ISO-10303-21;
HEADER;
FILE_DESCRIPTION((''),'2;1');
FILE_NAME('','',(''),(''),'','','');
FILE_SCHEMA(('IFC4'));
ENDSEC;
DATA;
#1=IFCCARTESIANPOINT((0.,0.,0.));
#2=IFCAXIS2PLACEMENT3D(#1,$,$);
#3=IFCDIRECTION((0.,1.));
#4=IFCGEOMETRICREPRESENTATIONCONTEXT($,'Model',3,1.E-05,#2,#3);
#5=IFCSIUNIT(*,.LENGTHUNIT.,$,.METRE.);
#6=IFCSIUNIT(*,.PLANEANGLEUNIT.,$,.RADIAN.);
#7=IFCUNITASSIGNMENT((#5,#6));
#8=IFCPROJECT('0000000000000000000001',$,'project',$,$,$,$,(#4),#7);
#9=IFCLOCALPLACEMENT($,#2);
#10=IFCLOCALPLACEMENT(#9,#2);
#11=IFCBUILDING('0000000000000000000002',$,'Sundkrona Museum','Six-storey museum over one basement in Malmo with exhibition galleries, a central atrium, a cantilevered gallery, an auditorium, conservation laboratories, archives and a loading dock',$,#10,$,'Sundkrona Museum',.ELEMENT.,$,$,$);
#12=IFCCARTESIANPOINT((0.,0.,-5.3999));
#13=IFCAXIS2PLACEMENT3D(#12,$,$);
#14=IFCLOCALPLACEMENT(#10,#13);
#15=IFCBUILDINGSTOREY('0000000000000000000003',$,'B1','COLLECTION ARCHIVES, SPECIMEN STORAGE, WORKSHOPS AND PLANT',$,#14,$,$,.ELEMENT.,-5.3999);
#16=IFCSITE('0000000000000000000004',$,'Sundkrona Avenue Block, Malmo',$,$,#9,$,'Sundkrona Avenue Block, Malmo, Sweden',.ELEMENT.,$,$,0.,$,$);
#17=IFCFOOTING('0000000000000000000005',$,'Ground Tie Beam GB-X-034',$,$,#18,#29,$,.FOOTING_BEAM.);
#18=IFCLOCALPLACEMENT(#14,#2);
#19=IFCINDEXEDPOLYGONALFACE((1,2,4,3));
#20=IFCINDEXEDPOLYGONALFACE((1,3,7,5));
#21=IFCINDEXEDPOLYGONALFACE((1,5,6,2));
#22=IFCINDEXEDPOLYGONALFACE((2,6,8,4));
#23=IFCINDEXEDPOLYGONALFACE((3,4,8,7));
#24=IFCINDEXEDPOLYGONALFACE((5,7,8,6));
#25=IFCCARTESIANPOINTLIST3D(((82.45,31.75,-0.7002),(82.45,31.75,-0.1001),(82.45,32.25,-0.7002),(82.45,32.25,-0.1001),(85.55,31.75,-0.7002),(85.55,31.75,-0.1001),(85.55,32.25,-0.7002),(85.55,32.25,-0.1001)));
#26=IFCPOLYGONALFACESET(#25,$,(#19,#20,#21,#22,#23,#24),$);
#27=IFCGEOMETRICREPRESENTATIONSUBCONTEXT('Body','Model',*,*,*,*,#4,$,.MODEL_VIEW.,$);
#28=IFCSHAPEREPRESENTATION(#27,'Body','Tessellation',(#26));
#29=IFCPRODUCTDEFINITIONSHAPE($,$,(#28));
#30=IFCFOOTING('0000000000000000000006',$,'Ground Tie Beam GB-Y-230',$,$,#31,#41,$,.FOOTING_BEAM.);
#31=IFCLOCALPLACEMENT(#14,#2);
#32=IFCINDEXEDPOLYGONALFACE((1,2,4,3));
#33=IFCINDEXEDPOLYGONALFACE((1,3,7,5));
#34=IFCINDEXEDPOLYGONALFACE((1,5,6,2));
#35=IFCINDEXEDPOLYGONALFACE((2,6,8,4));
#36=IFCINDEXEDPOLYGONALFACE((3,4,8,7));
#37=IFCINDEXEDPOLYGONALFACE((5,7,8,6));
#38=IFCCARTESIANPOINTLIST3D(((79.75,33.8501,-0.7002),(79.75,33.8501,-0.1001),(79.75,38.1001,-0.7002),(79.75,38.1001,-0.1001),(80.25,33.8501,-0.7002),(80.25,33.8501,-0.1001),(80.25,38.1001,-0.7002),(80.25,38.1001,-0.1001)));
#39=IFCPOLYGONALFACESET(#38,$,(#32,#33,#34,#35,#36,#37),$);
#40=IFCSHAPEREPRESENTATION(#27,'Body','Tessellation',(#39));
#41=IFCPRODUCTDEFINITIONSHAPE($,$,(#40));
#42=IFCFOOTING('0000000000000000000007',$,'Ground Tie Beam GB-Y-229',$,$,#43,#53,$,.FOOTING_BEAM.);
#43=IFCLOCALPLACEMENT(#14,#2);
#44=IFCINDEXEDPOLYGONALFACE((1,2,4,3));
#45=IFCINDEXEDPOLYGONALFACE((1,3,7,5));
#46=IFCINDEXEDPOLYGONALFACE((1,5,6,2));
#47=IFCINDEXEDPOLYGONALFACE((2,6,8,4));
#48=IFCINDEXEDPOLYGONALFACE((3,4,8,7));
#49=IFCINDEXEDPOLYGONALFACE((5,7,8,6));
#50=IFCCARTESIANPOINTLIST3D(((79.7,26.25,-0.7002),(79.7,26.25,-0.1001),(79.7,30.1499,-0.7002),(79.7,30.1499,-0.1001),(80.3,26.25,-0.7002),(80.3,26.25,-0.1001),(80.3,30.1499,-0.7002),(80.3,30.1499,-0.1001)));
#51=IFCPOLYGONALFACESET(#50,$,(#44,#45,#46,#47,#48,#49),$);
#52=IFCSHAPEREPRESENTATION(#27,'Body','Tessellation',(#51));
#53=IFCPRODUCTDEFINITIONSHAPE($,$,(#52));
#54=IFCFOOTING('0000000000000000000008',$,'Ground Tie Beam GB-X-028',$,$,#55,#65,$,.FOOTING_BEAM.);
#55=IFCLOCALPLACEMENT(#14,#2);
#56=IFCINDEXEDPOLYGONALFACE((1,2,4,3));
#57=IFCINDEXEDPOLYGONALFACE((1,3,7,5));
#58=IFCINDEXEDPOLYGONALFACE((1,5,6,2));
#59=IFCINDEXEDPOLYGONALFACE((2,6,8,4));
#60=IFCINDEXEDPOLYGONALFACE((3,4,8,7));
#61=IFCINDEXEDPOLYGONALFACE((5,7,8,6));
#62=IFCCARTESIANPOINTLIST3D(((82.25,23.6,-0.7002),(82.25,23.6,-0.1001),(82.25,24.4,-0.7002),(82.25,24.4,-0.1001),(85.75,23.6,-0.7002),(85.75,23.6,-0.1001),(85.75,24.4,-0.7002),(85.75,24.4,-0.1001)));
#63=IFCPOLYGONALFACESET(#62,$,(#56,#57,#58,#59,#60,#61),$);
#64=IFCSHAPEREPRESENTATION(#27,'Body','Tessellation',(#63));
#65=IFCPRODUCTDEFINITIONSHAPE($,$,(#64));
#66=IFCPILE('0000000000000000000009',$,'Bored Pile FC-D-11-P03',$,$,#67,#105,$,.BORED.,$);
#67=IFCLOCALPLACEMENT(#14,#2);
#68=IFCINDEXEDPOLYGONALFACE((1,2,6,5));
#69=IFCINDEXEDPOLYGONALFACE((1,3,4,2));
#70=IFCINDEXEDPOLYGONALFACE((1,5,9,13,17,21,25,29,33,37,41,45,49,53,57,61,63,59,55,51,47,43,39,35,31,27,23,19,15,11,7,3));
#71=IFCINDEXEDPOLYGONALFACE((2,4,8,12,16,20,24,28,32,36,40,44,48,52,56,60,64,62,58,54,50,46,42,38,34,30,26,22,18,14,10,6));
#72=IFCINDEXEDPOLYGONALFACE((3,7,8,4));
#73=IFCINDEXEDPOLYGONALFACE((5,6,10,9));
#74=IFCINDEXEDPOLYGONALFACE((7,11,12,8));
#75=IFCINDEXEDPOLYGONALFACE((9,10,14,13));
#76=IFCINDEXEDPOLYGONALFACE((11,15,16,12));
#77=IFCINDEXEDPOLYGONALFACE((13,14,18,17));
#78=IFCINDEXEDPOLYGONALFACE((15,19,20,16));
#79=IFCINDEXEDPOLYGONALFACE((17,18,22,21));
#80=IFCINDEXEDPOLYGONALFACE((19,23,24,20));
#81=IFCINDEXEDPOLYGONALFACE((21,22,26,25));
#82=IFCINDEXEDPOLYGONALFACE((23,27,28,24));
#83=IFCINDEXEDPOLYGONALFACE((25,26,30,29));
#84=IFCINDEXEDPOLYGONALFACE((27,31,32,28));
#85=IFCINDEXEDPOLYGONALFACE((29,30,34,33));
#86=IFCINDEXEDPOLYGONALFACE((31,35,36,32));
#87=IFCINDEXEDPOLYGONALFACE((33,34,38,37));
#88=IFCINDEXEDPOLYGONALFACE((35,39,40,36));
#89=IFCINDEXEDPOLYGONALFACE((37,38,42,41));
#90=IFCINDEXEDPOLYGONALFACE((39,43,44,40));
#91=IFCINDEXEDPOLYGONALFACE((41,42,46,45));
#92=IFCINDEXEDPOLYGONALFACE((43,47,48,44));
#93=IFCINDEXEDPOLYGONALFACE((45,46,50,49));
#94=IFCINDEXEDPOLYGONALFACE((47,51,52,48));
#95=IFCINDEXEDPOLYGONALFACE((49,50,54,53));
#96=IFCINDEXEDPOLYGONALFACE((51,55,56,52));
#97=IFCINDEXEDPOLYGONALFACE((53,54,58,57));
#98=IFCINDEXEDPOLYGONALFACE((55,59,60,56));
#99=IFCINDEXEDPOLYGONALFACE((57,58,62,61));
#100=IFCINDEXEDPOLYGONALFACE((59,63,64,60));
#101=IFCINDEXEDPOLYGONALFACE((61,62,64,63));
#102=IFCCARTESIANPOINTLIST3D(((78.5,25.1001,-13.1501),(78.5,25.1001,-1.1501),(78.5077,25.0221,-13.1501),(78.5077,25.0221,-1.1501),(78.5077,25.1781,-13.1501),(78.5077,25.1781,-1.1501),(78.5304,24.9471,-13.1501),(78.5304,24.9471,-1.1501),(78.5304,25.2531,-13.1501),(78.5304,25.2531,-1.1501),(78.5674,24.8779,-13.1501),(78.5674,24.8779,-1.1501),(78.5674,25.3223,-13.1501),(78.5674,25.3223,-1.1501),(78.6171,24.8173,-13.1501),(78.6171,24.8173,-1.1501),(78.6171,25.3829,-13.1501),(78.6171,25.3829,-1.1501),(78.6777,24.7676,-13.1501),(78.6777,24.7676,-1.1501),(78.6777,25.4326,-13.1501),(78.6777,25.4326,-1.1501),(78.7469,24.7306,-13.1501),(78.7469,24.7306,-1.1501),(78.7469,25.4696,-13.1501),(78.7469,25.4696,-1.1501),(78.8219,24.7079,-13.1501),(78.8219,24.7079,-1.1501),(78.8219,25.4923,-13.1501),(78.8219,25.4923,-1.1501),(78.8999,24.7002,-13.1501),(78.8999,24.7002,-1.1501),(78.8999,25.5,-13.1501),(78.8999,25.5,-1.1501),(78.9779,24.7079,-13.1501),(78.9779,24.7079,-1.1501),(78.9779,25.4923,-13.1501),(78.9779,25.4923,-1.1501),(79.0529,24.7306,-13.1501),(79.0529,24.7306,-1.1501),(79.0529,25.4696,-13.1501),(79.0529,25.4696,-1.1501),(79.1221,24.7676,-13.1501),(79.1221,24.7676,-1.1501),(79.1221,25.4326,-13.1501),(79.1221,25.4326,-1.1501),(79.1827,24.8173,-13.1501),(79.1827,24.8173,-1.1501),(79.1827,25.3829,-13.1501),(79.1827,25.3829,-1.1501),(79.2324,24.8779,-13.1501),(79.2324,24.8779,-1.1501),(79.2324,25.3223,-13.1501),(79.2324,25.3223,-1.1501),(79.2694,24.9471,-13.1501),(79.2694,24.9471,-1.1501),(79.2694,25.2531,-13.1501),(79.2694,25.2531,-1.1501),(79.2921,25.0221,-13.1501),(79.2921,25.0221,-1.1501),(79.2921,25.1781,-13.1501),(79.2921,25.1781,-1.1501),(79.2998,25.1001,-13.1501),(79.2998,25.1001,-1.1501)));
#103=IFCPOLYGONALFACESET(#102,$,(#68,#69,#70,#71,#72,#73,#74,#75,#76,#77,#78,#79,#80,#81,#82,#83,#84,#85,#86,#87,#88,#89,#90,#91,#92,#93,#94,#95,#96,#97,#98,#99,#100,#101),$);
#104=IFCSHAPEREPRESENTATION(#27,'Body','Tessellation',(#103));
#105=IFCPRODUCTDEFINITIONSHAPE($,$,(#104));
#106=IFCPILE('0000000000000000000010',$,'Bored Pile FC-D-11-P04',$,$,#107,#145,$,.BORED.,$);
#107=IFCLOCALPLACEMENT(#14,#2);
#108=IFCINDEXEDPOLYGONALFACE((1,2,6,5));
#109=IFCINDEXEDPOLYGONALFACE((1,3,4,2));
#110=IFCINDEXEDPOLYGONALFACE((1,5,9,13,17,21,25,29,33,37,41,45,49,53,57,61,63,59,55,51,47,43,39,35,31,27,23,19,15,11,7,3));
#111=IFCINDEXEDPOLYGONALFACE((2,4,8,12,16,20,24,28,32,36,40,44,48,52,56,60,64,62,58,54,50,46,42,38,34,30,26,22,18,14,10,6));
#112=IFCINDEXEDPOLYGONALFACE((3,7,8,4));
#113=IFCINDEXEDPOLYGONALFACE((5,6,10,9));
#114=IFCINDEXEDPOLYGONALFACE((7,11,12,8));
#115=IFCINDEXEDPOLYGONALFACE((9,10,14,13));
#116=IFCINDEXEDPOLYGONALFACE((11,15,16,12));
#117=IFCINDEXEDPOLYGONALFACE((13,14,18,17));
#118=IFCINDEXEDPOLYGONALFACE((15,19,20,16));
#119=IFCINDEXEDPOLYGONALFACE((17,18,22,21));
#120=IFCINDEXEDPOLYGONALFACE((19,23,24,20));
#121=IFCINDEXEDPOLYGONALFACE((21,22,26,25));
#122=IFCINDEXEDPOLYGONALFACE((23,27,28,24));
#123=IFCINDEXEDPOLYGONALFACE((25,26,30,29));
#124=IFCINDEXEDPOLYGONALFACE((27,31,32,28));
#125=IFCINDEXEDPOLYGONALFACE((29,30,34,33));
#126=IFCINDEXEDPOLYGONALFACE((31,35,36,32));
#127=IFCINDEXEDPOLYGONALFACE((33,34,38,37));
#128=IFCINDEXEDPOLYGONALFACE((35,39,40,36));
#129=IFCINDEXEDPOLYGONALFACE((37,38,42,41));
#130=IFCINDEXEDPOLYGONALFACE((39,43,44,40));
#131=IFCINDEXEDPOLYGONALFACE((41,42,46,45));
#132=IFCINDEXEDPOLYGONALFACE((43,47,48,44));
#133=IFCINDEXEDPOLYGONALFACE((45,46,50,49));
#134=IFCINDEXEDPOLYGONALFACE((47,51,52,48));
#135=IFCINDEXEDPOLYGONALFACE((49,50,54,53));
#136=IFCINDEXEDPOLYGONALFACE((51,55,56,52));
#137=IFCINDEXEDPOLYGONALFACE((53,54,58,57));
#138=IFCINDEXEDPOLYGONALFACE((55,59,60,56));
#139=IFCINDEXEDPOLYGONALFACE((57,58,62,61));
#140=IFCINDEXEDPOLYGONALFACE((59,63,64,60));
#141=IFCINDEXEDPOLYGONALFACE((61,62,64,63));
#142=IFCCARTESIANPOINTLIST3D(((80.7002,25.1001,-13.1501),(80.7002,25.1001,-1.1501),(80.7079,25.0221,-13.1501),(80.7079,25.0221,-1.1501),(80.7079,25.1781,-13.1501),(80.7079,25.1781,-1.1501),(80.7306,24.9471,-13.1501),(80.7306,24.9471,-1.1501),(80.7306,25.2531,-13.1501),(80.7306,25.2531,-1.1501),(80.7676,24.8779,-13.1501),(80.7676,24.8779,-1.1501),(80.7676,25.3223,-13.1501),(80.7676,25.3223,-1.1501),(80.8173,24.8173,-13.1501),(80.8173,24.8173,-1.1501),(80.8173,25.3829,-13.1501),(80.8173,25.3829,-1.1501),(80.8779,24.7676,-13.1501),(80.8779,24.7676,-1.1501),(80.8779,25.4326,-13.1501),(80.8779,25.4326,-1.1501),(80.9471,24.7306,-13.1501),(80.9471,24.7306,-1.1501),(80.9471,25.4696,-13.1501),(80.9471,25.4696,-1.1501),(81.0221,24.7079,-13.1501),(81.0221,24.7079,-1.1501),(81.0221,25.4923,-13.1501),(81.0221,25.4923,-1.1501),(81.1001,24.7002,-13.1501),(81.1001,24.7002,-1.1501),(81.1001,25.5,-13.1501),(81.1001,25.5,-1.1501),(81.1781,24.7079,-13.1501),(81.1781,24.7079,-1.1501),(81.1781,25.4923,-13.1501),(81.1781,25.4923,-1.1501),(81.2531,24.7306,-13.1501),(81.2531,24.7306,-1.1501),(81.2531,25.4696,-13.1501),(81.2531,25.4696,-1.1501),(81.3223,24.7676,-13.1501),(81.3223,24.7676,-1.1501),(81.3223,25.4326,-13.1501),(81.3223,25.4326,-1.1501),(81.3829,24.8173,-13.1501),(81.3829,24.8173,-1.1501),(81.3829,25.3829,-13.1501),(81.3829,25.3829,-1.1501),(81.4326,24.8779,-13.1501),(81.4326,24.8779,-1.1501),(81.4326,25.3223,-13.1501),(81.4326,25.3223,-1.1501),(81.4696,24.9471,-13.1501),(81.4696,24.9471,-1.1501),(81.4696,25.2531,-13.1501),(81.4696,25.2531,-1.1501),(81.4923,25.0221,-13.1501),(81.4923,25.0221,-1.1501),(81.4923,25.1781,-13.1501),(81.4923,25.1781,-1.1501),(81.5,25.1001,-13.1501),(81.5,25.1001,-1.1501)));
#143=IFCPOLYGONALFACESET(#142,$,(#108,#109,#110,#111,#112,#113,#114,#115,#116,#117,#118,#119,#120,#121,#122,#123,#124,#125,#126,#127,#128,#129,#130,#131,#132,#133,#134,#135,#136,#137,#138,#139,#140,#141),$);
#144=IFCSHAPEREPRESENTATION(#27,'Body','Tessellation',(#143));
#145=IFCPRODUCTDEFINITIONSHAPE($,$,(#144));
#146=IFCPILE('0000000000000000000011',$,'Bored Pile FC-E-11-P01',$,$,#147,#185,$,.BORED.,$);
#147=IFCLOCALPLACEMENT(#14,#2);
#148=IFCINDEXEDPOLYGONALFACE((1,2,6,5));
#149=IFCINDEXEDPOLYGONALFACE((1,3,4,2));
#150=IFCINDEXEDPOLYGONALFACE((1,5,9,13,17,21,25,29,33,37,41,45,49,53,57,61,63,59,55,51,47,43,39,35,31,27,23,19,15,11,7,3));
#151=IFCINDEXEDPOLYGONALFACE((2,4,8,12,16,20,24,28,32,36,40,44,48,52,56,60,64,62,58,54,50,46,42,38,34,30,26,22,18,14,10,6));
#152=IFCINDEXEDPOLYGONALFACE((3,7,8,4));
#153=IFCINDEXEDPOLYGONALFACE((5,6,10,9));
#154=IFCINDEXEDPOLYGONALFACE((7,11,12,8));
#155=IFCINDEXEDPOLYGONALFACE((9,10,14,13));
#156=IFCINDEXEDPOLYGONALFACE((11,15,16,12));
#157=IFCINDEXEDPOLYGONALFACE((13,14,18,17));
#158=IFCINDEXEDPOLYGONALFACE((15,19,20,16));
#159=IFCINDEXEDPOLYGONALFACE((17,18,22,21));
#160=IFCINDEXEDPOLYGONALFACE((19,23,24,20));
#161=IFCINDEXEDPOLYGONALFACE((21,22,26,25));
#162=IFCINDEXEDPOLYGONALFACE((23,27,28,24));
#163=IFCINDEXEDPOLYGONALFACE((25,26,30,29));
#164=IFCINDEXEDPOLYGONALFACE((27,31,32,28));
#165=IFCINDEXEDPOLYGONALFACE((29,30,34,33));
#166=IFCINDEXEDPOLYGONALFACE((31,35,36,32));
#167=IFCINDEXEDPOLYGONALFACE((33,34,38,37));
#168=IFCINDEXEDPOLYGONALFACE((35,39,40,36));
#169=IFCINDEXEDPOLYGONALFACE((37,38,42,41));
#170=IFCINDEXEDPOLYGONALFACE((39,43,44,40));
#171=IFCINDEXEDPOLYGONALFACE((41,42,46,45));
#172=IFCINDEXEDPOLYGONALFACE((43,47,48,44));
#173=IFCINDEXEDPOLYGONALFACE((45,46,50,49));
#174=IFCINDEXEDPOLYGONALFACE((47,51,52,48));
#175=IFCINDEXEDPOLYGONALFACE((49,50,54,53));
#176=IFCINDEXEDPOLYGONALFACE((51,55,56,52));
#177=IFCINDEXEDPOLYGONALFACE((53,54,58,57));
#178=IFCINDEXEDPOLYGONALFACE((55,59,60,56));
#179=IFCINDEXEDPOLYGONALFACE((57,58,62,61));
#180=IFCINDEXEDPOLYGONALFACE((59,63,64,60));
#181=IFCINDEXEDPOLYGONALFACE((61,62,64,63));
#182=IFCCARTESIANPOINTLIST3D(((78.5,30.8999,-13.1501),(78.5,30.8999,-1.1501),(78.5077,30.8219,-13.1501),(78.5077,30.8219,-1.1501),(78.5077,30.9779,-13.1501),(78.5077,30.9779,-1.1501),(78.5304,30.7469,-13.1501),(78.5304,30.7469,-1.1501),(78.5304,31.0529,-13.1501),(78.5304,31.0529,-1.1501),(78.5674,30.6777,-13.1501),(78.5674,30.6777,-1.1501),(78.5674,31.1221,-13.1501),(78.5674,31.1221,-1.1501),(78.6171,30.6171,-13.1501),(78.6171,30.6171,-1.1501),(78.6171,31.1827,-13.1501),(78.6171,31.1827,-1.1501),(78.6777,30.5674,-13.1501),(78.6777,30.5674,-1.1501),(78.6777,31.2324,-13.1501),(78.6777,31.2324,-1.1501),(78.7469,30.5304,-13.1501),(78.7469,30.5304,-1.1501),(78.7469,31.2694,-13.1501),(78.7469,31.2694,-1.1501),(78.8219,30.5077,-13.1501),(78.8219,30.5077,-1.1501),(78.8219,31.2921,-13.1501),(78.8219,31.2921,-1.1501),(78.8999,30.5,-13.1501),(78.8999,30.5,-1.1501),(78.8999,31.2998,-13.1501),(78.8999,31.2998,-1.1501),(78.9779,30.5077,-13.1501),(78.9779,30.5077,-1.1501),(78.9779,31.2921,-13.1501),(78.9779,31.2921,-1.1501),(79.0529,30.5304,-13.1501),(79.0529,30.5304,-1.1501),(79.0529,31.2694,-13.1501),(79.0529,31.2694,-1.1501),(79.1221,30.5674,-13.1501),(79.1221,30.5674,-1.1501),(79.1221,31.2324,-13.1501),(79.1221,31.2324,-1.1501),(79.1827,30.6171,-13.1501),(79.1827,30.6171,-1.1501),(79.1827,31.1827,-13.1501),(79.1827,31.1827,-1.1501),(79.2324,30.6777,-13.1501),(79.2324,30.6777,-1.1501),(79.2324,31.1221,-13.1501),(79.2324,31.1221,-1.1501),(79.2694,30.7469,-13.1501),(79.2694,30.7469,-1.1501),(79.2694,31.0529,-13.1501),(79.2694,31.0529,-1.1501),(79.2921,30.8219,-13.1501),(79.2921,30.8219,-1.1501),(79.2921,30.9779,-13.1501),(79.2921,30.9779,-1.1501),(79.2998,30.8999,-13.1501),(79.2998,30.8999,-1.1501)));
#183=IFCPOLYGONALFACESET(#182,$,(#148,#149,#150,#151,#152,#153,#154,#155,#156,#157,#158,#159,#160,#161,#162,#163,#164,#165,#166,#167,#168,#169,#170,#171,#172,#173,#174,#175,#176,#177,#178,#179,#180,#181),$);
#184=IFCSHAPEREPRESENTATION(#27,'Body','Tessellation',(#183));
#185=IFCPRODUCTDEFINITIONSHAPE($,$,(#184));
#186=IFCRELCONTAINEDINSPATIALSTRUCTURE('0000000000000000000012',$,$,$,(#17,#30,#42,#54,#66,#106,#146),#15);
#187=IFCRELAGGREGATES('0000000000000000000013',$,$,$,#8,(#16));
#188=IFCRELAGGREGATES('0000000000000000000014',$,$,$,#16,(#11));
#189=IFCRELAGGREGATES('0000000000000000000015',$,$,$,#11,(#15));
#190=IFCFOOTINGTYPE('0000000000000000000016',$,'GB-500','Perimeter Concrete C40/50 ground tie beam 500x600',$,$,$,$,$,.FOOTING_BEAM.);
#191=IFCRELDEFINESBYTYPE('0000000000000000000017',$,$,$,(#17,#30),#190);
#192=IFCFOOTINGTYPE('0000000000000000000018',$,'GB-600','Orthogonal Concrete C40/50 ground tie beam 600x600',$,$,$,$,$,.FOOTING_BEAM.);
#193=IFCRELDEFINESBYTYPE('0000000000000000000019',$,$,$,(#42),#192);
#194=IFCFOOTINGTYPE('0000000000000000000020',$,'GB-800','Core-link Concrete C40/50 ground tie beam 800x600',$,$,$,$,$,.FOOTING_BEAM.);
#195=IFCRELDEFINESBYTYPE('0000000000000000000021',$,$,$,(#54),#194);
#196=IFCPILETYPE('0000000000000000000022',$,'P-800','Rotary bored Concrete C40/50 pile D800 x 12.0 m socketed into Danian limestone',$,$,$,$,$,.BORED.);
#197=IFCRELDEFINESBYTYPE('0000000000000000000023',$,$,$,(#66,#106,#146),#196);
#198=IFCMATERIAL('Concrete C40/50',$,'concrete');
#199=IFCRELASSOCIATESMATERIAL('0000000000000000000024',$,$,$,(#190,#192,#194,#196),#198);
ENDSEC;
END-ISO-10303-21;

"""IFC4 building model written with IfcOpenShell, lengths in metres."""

from ifc_helpers import new_model, si_unit, direction, frame, origin, origin_2d, place, context, subcontext, project, spatial, rectangle, circle, extrude, material, material_profile, profile_set, type_object, element, save


model = new_model("IFC4")

# Units and contexts
model_context = context("Model", 3, precision=1e-05, world=origin(), true_north=direction((0.0, 1.0)))
body_context = subcontext(model_context, "Body", "Model", "MODEL_VIEW")
ifc_project = project(units=[si_unit("LENGTHUNIT", "METRE"), si_unit("PLANEANGLEUNIT", "RADIAN")], contexts=[model_context])

# Site, building, storey
site_placement = place(None, origin())
site = spatial("IfcSite", under=ifc_project, at=site_placement, Name="Sundkrona Avenue Block, Malmo", LongName="Sundkrona Avenue Block, Malmo, Sweden", CompositionType="ELEMENT", RefElevation=0.0)
building_placement = place(site_placement, origin())
building = spatial("IfcBuilding", under=site, at=building_placement, Name="Sundkrona Museum", Description="Six-storey museum over one basement in Malmo with exhibition galleries, a central atrium, a cantilevered gallery, an auditorium, conservation laboratories, archives and a loading dock", LongName="Sundkrona Museum", CompositionType="ELEMENT")
storey_placement = place(building_placement, frame((0.0, 0.0, -5.3999)))
storey = spatial("IfcBuildingStorey", under=building, at=storey_placement, Name="B1", Description="COLLECTION ARCHIVES, SPECIMEN STORAGE, WORKSHOPS AND PLANT", CompositionType="ELEMENT", Elevation=-5.3999)

# Footings
ifc_material_1 = material(Name="Concrete C40/50", Category="concrete")
footing_type_1 = type_object("IfcFootingType", Name="GB-500", Description="Perimeter Concrete C40/50 ground tie beam 500x600", PredefinedType="FOOTING_BEAM", material=ifc_material_1)
footing_1_placement = place(storey_placement, frame((84.0, 32.0, -0.7002), z_axis=(0.0, 0.0, 1.0), x_axis=(1.0, 0.0, 0.0)))
element("IfcFooting", 1, at=footing_1_placement, inside=storey, type_object=footing_type_1, Name="Ground Tie Beam GB-X-034", PredefinedType="FOOTING_BEAM", context=body_context, shape_type="SweptSolid", body=[
    extrude(rectangle(XDim=3.1001, YDim=0.5, at=origin_2d()), origin(), (0.0, 0.0, 1.0), 0.6001),
])
footing_2_placement = place(storey_placement, frame((80.0, 35.9751, -0.7002), z_axis=(0.0, 0.0, 1.0), x_axis=(0.0, 1.0, 0.0)))
element("IfcFooting", 2, at=footing_2_placement, inside=storey, type_object=footing_type_1, Name="Ground Tie Beam GB-Y-230", PredefinedType="FOOTING_BEAM", context=body_context, shape_type="SweptSolid", body=[
    extrude(rectangle(XDim=4.25, YDim=0.5, at=origin_2d()), origin(), (0.0, 0.0, 1.0), 0.6001),
])
footing_type_2 = type_object("IfcFootingType", Name="GB-600", Description="Orthogonal Concrete C40/50 ground tie beam 600x600", PredefinedType="FOOTING_BEAM", material=ifc_material_1)
footing_3_placement = place(storey_placement, frame((80.0, 28.2, -0.7002), z_axis=(0.0, 0.0, 1.0), x_axis=(0.0, 1.0, 0.0)))
element("IfcFooting", 3, at=footing_3_placement, inside=storey, type_object=footing_type_2, Name="Ground Tie Beam GB-Y-229", PredefinedType="FOOTING_BEAM", context=body_context, shape_type="SweptSolid", body=[
    extrude(rectangle(XDim=3.8999, YDim=0.6001, at=origin_2d()), origin(), (0.0, 0.0, 1.0), 0.6001),
])
footing_type_3 = type_object("IfcFootingType", Name="GB-800", Description="Core-link Concrete C40/50 ground tie beam 800x600", PredefinedType="FOOTING_BEAM", material=ifc_material_1)
footing_4_placement = place(storey_placement, frame((84.0, 24.0, -0.7002), z_axis=(0.0, 0.0, 1.0), x_axis=(1.0, 0.0, 0.0)))
element("IfcFooting", 4, at=footing_4_placement, inside=storey, type_object=footing_type_3, Name="Ground Tie Beam GB-X-028", PredefinedType="FOOTING_BEAM", context=body_context, shape_type="SweptSolid", body=[
    extrude(rectangle(XDim=3.5, YDim=0.8, at=origin_2d()), origin(), (0.0, 0.0, 1.0), 0.6001),
])

# Piles
ifc_material_profile_1 = material_profile(ifc_material_1, circle(Radius=0.3999, at=origin_2d()), Name="PILE D800")
ifc_profile_set_1 = profile_set([ifc_material_profile_1], Name="Concrete C40/50")
pile_type = type_object("IfcPileType", Name="P-800", Description="Rotary bored Concrete C40/50 pile D800 x 12.0 m socketed into Danian limestone", PredefinedType="BORED", material=ifc_profile_set_1)
for number, where, z_axis, x_axis, name in (
    (5, (78.8999, 25.1001, -1.1501), (0.0, 0.0, -1.0), (1.0, 0.0, 0.0), "Bored Pile FC-D-11-P03"),
    (6, (81.1001, 25.1001, -1.1501), (0.0, 0.0, -1.0), (1.0, 0.0, 0.0), "Bored Pile FC-D-11-P04"),
    (7, (78.8999, 30.8999, -1.1501), (0.0, 0.0, -1.0), (1.0, 0.0, 0.0), "Bored Pile FC-E-11-P01"),
):
    element("IfcPile", number, at=place(storey_placement, frame(where, z_axis=z_axis, x_axis=x_axis)), inside=storey, type_object=pile_type, Name=name, PredefinedType="BORED", context=body_context, shape_type="SweptSolid", body=[
        extrude(circle(Radius=0.3999, at=origin_2d()), origin(), (0.0, 0.0, 1.0), 12.0),
    ])

save(model, "model.ifc")
